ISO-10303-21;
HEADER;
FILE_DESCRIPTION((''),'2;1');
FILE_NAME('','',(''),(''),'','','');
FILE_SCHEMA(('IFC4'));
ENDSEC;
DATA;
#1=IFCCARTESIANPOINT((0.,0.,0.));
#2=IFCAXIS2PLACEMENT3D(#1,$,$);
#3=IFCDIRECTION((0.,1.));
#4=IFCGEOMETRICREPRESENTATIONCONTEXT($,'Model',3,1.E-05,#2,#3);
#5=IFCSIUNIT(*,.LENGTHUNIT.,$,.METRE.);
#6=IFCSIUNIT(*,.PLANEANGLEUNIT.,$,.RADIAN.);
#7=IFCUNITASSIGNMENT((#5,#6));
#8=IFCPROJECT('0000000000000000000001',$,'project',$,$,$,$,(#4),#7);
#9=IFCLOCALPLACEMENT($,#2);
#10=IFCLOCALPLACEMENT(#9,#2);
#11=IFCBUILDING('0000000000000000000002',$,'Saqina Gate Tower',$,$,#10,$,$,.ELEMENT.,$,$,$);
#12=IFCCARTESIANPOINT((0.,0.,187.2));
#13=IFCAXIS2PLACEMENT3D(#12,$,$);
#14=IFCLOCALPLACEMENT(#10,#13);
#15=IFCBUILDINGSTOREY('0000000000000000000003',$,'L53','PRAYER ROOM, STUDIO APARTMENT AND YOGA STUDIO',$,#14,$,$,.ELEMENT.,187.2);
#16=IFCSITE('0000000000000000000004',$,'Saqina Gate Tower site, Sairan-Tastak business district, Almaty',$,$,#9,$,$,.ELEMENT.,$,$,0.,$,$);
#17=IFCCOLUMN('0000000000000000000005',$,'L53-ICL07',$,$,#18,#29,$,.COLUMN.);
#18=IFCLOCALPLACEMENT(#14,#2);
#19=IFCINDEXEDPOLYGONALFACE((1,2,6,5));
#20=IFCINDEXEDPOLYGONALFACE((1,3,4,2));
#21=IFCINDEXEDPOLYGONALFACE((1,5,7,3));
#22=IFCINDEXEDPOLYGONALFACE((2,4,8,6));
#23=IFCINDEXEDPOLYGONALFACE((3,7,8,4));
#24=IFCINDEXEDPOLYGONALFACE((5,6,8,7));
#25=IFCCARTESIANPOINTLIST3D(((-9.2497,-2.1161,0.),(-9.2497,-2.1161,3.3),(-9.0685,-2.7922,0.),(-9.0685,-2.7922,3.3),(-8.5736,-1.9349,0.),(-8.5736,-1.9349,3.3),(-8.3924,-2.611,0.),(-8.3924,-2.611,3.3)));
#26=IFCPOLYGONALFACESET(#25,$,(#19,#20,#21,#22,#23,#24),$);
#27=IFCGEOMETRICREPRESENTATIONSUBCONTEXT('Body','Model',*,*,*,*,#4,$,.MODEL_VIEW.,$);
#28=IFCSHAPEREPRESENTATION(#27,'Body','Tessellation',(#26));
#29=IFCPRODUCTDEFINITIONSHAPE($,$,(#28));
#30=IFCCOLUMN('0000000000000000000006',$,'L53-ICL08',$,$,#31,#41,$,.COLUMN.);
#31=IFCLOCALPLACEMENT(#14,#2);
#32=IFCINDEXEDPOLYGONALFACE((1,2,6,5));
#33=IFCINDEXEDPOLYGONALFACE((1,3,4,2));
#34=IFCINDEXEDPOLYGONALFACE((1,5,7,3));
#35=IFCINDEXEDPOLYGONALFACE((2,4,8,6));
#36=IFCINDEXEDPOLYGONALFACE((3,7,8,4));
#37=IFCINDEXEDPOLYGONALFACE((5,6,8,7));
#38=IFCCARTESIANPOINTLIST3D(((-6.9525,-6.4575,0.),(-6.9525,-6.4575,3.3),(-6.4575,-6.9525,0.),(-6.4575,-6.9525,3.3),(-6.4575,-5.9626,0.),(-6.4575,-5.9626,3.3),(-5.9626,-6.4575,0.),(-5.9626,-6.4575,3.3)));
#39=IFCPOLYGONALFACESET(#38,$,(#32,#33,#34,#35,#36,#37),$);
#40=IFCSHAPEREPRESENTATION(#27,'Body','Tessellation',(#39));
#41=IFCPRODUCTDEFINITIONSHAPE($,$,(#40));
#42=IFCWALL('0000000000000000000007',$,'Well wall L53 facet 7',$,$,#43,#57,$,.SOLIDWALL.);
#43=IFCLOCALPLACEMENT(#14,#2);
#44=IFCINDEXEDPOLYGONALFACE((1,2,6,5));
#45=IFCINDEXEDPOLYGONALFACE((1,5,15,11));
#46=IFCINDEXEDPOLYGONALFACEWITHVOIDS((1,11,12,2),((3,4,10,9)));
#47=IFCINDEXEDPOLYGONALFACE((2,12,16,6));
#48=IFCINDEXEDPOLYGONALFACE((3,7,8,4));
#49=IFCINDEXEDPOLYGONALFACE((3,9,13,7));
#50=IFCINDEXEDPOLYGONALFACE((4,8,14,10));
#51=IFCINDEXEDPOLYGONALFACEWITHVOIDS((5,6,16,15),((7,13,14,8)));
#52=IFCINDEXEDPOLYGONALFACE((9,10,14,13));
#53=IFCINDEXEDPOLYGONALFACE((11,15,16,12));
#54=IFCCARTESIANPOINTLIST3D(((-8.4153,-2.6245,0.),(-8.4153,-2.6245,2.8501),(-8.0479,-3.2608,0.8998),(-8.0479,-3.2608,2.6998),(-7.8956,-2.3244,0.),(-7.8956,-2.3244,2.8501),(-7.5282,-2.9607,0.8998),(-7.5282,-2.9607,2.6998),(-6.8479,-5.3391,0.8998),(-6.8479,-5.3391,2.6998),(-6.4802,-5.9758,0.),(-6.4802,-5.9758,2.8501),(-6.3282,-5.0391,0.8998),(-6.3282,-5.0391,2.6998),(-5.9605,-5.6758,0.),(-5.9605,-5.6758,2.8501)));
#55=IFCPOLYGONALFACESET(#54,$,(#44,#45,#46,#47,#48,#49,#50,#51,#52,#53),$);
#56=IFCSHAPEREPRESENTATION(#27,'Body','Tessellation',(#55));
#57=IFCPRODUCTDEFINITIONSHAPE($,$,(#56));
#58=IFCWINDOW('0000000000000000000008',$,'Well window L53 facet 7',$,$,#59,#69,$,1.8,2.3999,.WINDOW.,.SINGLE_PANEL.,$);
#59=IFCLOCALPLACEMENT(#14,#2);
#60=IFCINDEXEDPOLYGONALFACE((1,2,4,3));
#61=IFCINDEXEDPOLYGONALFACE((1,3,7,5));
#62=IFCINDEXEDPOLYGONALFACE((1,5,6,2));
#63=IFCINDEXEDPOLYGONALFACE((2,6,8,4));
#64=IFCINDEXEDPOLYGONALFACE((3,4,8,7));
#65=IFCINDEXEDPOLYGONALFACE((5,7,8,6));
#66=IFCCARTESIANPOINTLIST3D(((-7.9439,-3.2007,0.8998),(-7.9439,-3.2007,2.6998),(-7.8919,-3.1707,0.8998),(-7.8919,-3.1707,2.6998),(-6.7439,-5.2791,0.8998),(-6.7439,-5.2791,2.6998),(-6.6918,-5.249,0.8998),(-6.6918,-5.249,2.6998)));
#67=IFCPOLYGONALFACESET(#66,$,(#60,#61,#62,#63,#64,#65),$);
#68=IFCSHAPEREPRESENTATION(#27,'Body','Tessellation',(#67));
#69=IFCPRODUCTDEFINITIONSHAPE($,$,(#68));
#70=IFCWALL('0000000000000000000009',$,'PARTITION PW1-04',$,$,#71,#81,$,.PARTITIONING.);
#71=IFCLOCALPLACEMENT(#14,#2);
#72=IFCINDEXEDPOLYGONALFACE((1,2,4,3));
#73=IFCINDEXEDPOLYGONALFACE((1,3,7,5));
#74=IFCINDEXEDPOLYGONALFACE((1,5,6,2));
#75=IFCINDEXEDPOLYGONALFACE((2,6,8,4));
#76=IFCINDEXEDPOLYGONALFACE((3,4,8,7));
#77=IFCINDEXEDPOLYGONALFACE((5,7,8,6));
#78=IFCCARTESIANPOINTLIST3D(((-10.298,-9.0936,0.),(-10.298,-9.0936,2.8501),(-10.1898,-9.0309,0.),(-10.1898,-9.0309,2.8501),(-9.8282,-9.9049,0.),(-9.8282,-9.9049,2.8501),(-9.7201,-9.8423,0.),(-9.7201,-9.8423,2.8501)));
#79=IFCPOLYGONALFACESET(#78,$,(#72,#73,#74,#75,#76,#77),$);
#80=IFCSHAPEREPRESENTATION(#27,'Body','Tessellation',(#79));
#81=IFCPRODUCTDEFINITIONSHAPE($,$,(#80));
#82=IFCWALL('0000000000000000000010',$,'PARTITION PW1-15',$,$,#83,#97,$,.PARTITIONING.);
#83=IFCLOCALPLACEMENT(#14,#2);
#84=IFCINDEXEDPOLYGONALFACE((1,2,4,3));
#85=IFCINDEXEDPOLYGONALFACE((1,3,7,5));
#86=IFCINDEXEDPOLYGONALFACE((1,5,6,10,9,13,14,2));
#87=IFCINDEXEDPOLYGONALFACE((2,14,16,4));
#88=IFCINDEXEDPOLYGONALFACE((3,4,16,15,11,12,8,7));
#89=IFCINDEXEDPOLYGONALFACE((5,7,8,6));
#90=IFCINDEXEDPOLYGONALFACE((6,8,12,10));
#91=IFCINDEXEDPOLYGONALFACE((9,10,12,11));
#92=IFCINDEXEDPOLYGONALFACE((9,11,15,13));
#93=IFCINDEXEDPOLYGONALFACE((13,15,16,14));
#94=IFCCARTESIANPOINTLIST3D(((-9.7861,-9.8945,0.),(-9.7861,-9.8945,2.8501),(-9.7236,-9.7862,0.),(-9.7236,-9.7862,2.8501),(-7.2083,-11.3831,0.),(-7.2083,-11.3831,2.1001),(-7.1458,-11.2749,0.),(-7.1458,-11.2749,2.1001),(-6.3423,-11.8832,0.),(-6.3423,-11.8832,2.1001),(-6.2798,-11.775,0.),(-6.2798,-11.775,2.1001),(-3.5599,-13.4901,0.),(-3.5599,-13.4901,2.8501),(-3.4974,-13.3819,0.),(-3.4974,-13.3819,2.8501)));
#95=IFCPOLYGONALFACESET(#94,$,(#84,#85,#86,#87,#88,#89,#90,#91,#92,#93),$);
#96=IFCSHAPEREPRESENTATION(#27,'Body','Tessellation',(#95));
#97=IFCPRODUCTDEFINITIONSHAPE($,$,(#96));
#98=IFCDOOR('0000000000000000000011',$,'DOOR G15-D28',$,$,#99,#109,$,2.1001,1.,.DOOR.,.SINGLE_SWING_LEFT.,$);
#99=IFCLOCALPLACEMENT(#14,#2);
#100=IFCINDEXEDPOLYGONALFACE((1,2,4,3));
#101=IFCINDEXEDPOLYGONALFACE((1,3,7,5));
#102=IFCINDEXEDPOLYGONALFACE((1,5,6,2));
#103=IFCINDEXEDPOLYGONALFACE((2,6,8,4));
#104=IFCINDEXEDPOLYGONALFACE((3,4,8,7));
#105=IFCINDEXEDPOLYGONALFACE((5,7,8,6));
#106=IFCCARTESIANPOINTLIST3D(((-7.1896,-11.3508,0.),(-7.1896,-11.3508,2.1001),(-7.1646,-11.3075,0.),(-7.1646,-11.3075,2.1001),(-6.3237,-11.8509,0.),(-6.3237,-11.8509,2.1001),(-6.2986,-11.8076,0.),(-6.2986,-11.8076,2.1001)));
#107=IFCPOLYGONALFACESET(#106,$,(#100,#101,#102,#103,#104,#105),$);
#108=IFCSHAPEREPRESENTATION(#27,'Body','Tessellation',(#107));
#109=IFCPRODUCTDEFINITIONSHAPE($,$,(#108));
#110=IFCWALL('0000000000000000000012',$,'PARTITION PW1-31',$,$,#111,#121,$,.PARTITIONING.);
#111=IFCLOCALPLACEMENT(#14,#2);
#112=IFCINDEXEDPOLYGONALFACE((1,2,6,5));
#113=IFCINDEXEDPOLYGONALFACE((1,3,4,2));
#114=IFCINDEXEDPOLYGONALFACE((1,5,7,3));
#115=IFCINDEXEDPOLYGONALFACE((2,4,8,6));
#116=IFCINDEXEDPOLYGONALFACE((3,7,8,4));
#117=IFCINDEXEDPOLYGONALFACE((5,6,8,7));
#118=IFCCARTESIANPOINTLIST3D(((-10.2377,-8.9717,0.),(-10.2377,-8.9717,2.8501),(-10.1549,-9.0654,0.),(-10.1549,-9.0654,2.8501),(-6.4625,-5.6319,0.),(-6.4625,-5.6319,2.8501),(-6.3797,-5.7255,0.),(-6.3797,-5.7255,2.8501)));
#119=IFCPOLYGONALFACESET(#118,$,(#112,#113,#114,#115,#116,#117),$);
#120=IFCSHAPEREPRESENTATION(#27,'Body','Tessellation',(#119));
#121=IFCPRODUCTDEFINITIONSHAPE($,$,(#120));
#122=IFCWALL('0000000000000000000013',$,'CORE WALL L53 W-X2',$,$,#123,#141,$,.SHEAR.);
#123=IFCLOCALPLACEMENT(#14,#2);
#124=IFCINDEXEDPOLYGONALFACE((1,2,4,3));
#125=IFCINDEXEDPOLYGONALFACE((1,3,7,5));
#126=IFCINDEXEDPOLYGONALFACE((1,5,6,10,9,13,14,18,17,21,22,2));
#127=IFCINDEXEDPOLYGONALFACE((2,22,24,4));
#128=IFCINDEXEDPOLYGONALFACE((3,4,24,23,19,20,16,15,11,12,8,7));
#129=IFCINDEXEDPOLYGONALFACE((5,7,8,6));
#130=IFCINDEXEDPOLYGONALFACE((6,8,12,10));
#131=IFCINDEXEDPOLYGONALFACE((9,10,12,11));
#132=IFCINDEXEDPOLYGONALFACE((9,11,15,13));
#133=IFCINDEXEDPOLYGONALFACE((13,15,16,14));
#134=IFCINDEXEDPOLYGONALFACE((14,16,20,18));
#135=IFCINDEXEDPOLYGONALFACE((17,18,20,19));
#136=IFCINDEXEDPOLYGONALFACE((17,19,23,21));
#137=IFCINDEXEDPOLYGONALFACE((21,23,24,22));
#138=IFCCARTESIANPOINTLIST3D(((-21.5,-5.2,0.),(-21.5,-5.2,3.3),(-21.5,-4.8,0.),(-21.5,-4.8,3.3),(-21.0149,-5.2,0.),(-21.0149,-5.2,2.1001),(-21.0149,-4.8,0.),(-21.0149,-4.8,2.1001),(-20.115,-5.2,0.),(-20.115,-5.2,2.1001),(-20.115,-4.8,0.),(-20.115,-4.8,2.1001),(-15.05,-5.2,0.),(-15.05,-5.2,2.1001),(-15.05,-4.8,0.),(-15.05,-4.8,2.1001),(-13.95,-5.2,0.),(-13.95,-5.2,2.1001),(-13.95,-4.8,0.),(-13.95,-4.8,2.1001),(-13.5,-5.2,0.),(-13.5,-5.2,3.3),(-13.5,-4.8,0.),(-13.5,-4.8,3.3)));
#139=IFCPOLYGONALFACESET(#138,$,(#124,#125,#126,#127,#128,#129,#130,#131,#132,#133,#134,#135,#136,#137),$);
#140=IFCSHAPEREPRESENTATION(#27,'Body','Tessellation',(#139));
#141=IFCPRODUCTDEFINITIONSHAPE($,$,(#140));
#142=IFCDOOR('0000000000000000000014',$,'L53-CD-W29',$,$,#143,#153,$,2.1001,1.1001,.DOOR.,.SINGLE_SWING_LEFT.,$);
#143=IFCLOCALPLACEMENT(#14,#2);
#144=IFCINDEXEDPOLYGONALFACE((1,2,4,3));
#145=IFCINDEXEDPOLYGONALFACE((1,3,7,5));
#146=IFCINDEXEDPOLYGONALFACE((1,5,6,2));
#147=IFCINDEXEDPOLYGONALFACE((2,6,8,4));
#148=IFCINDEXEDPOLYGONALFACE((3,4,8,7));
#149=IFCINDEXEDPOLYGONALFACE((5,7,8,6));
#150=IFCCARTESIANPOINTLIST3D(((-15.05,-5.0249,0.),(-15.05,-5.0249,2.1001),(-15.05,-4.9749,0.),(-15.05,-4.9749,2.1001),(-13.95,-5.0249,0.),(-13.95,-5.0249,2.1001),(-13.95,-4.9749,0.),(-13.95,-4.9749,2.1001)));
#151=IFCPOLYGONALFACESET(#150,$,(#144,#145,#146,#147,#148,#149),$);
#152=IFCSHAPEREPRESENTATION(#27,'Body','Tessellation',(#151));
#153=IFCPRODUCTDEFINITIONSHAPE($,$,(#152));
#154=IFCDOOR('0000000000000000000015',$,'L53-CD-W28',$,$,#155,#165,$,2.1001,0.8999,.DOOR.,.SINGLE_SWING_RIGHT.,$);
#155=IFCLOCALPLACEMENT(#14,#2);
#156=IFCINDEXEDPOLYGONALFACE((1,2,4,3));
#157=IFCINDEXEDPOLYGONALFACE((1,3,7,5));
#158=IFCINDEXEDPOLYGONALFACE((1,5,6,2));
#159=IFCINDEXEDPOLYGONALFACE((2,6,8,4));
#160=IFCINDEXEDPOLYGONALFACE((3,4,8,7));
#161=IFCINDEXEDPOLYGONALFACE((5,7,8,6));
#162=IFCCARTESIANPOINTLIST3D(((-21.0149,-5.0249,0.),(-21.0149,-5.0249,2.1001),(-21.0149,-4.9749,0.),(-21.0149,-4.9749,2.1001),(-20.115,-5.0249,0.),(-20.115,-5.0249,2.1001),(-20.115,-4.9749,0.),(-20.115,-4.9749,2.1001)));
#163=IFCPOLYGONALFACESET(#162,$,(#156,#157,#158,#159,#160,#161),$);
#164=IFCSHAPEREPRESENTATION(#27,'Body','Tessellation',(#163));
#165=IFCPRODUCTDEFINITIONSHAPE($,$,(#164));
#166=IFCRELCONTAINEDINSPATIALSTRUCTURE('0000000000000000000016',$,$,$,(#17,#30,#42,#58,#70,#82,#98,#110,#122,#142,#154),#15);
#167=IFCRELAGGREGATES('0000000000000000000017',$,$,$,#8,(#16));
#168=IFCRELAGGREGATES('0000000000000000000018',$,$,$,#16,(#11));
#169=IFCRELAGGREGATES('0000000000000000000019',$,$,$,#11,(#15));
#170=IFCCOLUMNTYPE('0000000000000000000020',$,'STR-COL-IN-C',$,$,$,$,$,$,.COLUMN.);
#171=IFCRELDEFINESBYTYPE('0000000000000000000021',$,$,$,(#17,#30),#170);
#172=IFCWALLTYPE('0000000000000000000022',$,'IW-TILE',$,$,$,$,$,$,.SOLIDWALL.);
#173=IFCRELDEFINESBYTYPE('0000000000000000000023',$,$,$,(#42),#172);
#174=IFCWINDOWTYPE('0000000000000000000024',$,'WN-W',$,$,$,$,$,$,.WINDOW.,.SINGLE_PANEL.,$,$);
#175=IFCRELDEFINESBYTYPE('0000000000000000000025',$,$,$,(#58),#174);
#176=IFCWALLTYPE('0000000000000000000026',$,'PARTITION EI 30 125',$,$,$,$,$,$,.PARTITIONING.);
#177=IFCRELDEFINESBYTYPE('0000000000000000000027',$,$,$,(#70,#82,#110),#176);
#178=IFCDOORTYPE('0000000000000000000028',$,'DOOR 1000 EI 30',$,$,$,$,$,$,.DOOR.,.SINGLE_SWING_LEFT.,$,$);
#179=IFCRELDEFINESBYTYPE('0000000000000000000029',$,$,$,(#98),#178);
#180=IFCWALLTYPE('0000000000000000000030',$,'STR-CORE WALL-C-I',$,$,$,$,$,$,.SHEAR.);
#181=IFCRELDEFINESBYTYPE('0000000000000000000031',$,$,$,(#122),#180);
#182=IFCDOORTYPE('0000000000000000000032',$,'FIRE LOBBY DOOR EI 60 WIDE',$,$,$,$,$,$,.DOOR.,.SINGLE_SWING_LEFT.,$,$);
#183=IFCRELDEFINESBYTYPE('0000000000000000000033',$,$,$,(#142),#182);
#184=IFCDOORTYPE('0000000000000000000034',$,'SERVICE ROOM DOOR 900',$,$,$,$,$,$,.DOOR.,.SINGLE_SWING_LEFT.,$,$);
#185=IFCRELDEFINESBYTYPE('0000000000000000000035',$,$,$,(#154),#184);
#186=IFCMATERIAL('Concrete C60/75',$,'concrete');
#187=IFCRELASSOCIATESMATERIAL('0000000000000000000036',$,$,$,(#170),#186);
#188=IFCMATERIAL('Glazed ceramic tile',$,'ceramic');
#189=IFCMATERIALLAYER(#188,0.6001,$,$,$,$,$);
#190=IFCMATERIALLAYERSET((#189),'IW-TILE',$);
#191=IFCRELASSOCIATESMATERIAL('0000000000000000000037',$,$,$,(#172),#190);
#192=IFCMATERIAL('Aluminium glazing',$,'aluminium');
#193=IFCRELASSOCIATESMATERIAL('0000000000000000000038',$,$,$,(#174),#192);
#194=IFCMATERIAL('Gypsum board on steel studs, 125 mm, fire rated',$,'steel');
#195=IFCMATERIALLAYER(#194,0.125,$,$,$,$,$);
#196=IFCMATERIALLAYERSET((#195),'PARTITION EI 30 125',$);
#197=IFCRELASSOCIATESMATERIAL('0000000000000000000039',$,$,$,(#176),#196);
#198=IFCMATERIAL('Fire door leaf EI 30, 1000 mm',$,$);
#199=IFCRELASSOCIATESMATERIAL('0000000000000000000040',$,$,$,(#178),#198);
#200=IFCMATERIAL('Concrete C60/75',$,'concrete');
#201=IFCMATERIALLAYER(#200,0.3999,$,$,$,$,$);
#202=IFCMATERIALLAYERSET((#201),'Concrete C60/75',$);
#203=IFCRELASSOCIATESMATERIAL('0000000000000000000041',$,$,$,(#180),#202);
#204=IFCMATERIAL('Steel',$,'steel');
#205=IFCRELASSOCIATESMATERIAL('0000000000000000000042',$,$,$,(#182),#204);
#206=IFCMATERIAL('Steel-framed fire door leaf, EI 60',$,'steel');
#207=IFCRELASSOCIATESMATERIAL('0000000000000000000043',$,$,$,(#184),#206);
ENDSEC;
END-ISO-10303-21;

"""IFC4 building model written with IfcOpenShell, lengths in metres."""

from ifc_helpers import new_model, si_unit, direction, frame, frame_2d, origin, origin_2d, place, context, subcontext, project, spatial, rectangle, extrude, material, layer, layer_set, material_profile, profile_set, type_object, element, fill, save


model = new_model("IFC4")

# Units and contexts
model_context = context("Model", 3, precision=1e-05, world=origin(), true_north=direction((0.0, 1.0)))
body_context = subcontext(model_context, "Body", "Model", "MODEL_VIEW")
ifc_project = project(units=[si_unit("LENGTHUNIT", "METRE"), si_unit("PLANEANGLEUNIT", "RADIAN")], contexts=[model_context])

# Site, building, storey
site_placement = place(None, origin())
site = spatial("IfcSite", under=ifc_project, at=site_placement, Name="Saqina Gate Tower site, Sairan-Tastak business district, Almaty", CompositionType="ELEMENT", RefElevation=0.0)
building_placement = place(site_placement, origin())
building = spatial("IfcBuilding", under=site, at=building_placement, Name="Saqina Gate Tower", CompositionType="ELEMENT")
storey_placement = place(building_placement, frame((0.0, 0.0, 187.2)))
storey = spatial("IfcBuildingStorey", under=building, at=storey_placement, Name="L53", Description="PRAYER ROOM, STUDIO APARTMENT AND YOGA STUDIO", CompositionType="ELEMENT", Elevation=187.2)

# Columns
ifc_material_1 = material(Name="Concrete C60/75", Category="concrete")
ifc_material_profile = material_profile(ifc_material_1, rectangle(XDim=0.7, YDim=0.7, at=origin_2d()), Name="RC 700x700")
ifc_profile_set = profile_set([ifc_material_profile], Name="Concrete C60/75")
column_type = type_object("IfcColumnType", Name="STR-COL-IN-C", PredefinedType="COLUMN", material=ifc_profile_set)
for number, where, z_axis, x_axis, name in (
    (1, (-8.821, -2.3635, 0.0), (0.0, 0.0, 1.0), (-0.965926, -0.258819, 0.0), "L53-ICL07"),
    (2, (-6.4575, -6.4575, 0.0), (0.0, 0.0, 1.0), (-0.707107, -0.707107, 0.0), "L53-ICL08"),
):
    element("IfcColumn", number, at=place(storey_placement, frame(where, z_axis=z_axis, x_axis=x_axis)), inside=storey, type_object=column_type, Name=name, PredefinedType="COLUMN", context=body_context, shape_type="SweptSolid", body=[
        extrude(rectangle(XDim=0.7, YDim=0.7, at=origin_2d()), origin(), (0.0, 0.0, 1.0), 3.3),
    ])

# Wall, opening, window
ifc_material_2 = material(Name="Glazed ceramic tile", Category="ceramic")
ifc_layer_1 = layer(ifc_material_2, 0.6001)
ifc_layer_set_1 = layer_set([ifc_layer_1], Name="IW-TILE")
wall_type_1 = type_object("IfcWallType", Name="IW-TILE", PredefinedType="SOLIDWALL", material=ifc_layer_set_1)
wall_1_placement = place(storey_placement, frame((-8.1555, -2.4744, 0.0), z_axis=(0.0, 0.0, 1.0), x_axis=(0.500034, -0.866006, 0.0)))
wall_1 = element("IfcWall", 3, at=wall_1_placement, inside=storey, type_object=wall_type_1, Name="Well wall L53 facet 7", PredefinedType="SOLIDWALL", context=body_context, shape_type="SweptSolid", body=[
    extrude(rectangle(XDim=3.8699, YDim=0.6001, at=frame_2d((1.9351, 0.0))), origin(), (0.0, 0.0, 1.0), 2.8501),
])
opening_1_placement = place(wall_1_placement, frame((0.7349, 0.0, 0.8999)))
opening_1 = element("IfcOpeningElement", 4, at=opening_1_placement, cuts=wall_1, PredefinedType="OPENING", context=body_context, shape_type="SweptSolid", body=[
    extrude(rectangle(XDim=2.3999, YDim=1.8, at=frame_2d((1.2, 0.8999))), frame((0.0, 0.312, 0.0), z_axis=(0.0, -1.0, 0.0), x_axis=(1.0, 0.0, 0.0)), (0.0, 0.0, 1.0), 0.624),
])
ifc_material_3 = material(Name="Aluminium glazing", Category="aluminium")
window_type = type_object("IfcWindowType", Name="WN-W", PartitioningType="SINGLE_PANEL", PredefinedType="WINDOW", material=ifc_material_3)
window_placement = place(opening_1_placement, origin())
window = element("IfcWindow", 5, at=window_placement, inside=storey, type_object=window_type, Name="Well window L53 facet 7", OverallHeight=1.8, OverallWidth=2.3999, PartitioningType="SINGLE_PANEL", PredefinedType="WINDOW", context=body_context, shape_type="SweptSolid", body=[
    extrude(rectangle(XDim=2.3999, YDim=1.8, at=frame_2d((1.2, 0.8999))), frame((0.0, -0.1199, 0.0), z_axis=(0.0, -1.0, 0.0), x_axis=(1.0, 0.0, 0.0)), (0.0, 0.0, 1.0), 0.0601),
])
fill(opening_1, window)

# Wall
ifc_material_4 = material(Name="Gypsum board on steel studs, 125 mm, fire rated", Category="steel")
ifc_layer_2 = layer(ifc_material_4, 0.125)
ifc_layer_set_2 = layer_set([ifc_layer_2], Name="PARTITION EI 30 125")
wall_type_2 = type_object("IfcWallType", Name="PARTITION EI 30 125", PredefinedType="PARTITIONING", material=ifc_layer_set_2)
wall_2_placement = place(storey_placement, frame((-10.2439, -9.0623, 0.0), z_axis=(0.0, 0.0, 1.0), x_axis=(0.501067, -0.865408, 0.0)))
element("IfcWall", 6, at=wall_2_placement, inside=storey, type_object=wall_type_2, Name="PARTITION PW1-04", PredefinedType="PARTITIONING", context=body_context, shape_type="SweptSolid", body=[
    extrude(rectangle(XDim=0.9375, YDim=0.125, at=frame_2d((0.4688, 0.0))), origin(), (0.0, 0.0, 1.0), 2.8501),
])

# Wall, opening, door
wall_3_placement = place(storey_placement, frame((-9.7549, -9.8403, 0.0), z_axis=(0.0, 0.0, 1.0), x_axis=(0.865969, -0.500098, 0.0)))
wall_3 = element("IfcWall", 7, at=wall_3_placement, inside=storey, type_object=wall_type_2, Name="PARTITION PW1-15", PredefinedType="PARTITIONING", context=body_context, shape_type="SweptSolid", body=[
    extrude(rectangle(XDim=7.1899, YDim=0.125, at=frame_2d((3.595, 0.0))), origin(), (0.0, 0.0, 1.0), 2.8501),
])
opening_2_placement = place(wall_3_placement, frame((2.9768, 0.0, 0.0)))
opening_2 = element("IfcOpeningElement", 8, at=opening_2_placement, cuts=wall_3, PredefinedType="OPENING", context=body_context, shape_type="SweptSolid", body=[
    extrude(rectangle(XDim=1.0, YDim=2.1001, at=frame_2d((0.5, 1.05))), frame((0.0, 0.0745, 0.0), z_axis=(0.0, -1.0, 0.0), x_axis=(1.0, 0.0, 0.0)), (0.0, 0.0, 1.0), 0.1489),
])
ifc_material_5 = material(Name="Fire door leaf EI 30, 1000 mm")
door_type_1 = type_object("IfcDoorType", Name="DOOR 1000 EI 30", OperationType="SINGLE_SWING_LEFT", PredefinedType="DOOR", material=ifc_material_5)
door_1_placement = place(opening_2_placement, origin())
door_1 = element("IfcDoor", 9, at=door_1_placement, inside=storey, type_object=door_type_1, Name="DOOR G15-D28", OperationType="SINGLE_SWING_LEFT", OverallHeight=2.1001, OverallWidth=1.0, PredefinedType="DOOR", context=body_context, shape_type="SweptSolid", body=[
    extrude(rectangle(XDim=1.0, YDim=2.1001, at=frame_2d((0.5, 1.05))), frame((0.0, 0.0249, 0.0), z_axis=(0.0, -1.0, 0.0), x_axis=(1.0, 0.0, 0.0)), (0.0, 0.0, 1.0), 0.05),
])
fill(opening_2, door_1)

# Wall
wall_4_placement = place(storey_placement, frame((-10.1963, -9.0186, 0.0), z_axis=(0.0, 0.0, 1.0), x_axis=(0.748968, 0.662606, 0.0)))
element("IfcWall", 10, at=wall_4_placement, inside=storey, type_object=wall_type_2, Name="PARTITION PW1-31", PredefinedType="PARTITIONING", context=body_context, shape_type="SweptSolid", body=[
    extrude(rectangle(XDim=5.0405, YDim=0.125, at=frame_2d((2.5203, 0.0))), origin(), (0.0, 0.0, 1.0), 2.8501),
])

# Wall, openings, doors
ifc_material_6 = material(Name="Concrete C60/75", Category="concrete")
ifc_layer_3 = layer(ifc_material_6, 0.3999)
ifc_layer_set_3 = layer_set([ifc_layer_3], Name="Concrete C60/75")
wall_type_3 = type_object("IfcWallType", Name="STR-CORE WALL-C-I", PredefinedType="SHEAR", material=ifc_layer_set_3)
wall_5_placement = place(storey_placement, frame((-13.5, -5.0, 0.0), z_axis=(0.0, 0.0, 1.0), x_axis=(-1.0, 0.0, 0.0)))
wall_5 = element("IfcWall", 11, at=wall_5_placement, inside=storey, type_object=wall_type_3, Name="CORE WALL L53 W-X2", PredefinedType="SHEAR", context=body_context, shape_type="SweptSolid", body=[
    extrude(rectangle(XDim=8.0, YDim=0.3999, at=frame_2d((4.0, 0.0))), origin(), (0.0, 0.0, 1.0), 3.3),
])
opening_3_placement = place(wall_5_placement, frame((6.615, 0.0, 0.0)))
opening_3 = element("IfcOpeningElement", 12, at=opening_3_placement, cuts=wall_5, PredefinedType="OPENING", context=body_context, shape_type="SweptSolid", body=[
    extrude(rectangle(XDim=0.8999, YDim=2.1001, at=frame_2d((0.45, 1.05))), frame((0.0, 0.2119, 0.0), z_axis=(0.0, -1.0, 0.0), x_axis=(1.0, 0.0, 0.0)), (0.0, 0.0, 1.0), 0.4238),
])
opening_4_placement = place(wall_5_placement, frame((0.45, 0.0, 0.0)))
opening_4 = element("IfcOpeningElement", 13, at=opening_4_placement, cuts=wall_5, PredefinedType="OPENING", context=body_context, shape_type="SweptSolid", body=[
    extrude(rectangle(XDim=1.1001, YDim=2.1001, at=frame_2d((0.55, 1.05))), frame((0.0, 0.2119, 0.0), z_axis=(0.0, -1.0, 0.0), x_axis=(1.0, 0.0, 0.0)), (0.0, 0.0, 1.0), 0.4238),
])
ifc_material_7 = material(Name="Steel", Category="steel")
door_type_2 = type_object("IfcDoorType", Name="FIRE LOBBY DOOR EI 60 WIDE", OperationType="SINGLE_SWING_LEFT", PredefinedType="DOOR", material=ifc_material_7)
door_2_placement = place(opening_4_placement, origin())
door_2 = element("IfcDoor", 14, at=door_2_placement, inside=storey, type_object=door_type_2, Name="L53-CD-W29", OperationType="SINGLE_SWING_LEFT", OverallHeight=2.1001, OverallWidth=1.1001, PredefinedType="DOOR", context=body_context, shape_type="SweptSolid", body=[
    extrude(rectangle(XDim=1.1001, YDim=2.1001, at=frame_2d((0.55, 1.05))), frame((0.0, 0.0249, 0.0), z_axis=(0.0, -1.0, 0.0), x_axis=(1.0, 0.0, 0.0)), (0.0, 0.0, 1.0), 0.05),
])
fill(opening_4, door_2)
ifc_material_8 = material(Name="Steel-framed fire door leaf, EI 60", Category="steel")
door_type_3 = type_object("IfcDoorType", Name="SERVICE ROOM DOOR 900", OperationType="SINGLE_SWING_LEFT", PredefinedType="DOOR", material=ifc_material_8)
door_3_placement = place(opening_3_placement, origin())
door_3 = element("IfcDoor", 15, at=door_3_placement, inside=storey, type_object=door_type_3, Name="L53-CD-W28", OperationType="SINGLE_SWING_RIGHT", OverallHeight=2.1001, OverallWidth=0.8999, PredefinedType="DOOR", context=body_context, shape_type="SweptSolid", body=[
    extrude(rectangle(XDim=0.8999, YDim=2.1001, at=frame_2d((0.45, 1.05))), frame((0.0, 0.0249, 0.0), z_axis=(0.0, -1.0, 0.0), x_axis=(1.0, 0.0, 0.0)), (0.0, 0.0, 1.0), 0.05),
])
fill(opening_3, door_3)

save(model, "model.ifc")
